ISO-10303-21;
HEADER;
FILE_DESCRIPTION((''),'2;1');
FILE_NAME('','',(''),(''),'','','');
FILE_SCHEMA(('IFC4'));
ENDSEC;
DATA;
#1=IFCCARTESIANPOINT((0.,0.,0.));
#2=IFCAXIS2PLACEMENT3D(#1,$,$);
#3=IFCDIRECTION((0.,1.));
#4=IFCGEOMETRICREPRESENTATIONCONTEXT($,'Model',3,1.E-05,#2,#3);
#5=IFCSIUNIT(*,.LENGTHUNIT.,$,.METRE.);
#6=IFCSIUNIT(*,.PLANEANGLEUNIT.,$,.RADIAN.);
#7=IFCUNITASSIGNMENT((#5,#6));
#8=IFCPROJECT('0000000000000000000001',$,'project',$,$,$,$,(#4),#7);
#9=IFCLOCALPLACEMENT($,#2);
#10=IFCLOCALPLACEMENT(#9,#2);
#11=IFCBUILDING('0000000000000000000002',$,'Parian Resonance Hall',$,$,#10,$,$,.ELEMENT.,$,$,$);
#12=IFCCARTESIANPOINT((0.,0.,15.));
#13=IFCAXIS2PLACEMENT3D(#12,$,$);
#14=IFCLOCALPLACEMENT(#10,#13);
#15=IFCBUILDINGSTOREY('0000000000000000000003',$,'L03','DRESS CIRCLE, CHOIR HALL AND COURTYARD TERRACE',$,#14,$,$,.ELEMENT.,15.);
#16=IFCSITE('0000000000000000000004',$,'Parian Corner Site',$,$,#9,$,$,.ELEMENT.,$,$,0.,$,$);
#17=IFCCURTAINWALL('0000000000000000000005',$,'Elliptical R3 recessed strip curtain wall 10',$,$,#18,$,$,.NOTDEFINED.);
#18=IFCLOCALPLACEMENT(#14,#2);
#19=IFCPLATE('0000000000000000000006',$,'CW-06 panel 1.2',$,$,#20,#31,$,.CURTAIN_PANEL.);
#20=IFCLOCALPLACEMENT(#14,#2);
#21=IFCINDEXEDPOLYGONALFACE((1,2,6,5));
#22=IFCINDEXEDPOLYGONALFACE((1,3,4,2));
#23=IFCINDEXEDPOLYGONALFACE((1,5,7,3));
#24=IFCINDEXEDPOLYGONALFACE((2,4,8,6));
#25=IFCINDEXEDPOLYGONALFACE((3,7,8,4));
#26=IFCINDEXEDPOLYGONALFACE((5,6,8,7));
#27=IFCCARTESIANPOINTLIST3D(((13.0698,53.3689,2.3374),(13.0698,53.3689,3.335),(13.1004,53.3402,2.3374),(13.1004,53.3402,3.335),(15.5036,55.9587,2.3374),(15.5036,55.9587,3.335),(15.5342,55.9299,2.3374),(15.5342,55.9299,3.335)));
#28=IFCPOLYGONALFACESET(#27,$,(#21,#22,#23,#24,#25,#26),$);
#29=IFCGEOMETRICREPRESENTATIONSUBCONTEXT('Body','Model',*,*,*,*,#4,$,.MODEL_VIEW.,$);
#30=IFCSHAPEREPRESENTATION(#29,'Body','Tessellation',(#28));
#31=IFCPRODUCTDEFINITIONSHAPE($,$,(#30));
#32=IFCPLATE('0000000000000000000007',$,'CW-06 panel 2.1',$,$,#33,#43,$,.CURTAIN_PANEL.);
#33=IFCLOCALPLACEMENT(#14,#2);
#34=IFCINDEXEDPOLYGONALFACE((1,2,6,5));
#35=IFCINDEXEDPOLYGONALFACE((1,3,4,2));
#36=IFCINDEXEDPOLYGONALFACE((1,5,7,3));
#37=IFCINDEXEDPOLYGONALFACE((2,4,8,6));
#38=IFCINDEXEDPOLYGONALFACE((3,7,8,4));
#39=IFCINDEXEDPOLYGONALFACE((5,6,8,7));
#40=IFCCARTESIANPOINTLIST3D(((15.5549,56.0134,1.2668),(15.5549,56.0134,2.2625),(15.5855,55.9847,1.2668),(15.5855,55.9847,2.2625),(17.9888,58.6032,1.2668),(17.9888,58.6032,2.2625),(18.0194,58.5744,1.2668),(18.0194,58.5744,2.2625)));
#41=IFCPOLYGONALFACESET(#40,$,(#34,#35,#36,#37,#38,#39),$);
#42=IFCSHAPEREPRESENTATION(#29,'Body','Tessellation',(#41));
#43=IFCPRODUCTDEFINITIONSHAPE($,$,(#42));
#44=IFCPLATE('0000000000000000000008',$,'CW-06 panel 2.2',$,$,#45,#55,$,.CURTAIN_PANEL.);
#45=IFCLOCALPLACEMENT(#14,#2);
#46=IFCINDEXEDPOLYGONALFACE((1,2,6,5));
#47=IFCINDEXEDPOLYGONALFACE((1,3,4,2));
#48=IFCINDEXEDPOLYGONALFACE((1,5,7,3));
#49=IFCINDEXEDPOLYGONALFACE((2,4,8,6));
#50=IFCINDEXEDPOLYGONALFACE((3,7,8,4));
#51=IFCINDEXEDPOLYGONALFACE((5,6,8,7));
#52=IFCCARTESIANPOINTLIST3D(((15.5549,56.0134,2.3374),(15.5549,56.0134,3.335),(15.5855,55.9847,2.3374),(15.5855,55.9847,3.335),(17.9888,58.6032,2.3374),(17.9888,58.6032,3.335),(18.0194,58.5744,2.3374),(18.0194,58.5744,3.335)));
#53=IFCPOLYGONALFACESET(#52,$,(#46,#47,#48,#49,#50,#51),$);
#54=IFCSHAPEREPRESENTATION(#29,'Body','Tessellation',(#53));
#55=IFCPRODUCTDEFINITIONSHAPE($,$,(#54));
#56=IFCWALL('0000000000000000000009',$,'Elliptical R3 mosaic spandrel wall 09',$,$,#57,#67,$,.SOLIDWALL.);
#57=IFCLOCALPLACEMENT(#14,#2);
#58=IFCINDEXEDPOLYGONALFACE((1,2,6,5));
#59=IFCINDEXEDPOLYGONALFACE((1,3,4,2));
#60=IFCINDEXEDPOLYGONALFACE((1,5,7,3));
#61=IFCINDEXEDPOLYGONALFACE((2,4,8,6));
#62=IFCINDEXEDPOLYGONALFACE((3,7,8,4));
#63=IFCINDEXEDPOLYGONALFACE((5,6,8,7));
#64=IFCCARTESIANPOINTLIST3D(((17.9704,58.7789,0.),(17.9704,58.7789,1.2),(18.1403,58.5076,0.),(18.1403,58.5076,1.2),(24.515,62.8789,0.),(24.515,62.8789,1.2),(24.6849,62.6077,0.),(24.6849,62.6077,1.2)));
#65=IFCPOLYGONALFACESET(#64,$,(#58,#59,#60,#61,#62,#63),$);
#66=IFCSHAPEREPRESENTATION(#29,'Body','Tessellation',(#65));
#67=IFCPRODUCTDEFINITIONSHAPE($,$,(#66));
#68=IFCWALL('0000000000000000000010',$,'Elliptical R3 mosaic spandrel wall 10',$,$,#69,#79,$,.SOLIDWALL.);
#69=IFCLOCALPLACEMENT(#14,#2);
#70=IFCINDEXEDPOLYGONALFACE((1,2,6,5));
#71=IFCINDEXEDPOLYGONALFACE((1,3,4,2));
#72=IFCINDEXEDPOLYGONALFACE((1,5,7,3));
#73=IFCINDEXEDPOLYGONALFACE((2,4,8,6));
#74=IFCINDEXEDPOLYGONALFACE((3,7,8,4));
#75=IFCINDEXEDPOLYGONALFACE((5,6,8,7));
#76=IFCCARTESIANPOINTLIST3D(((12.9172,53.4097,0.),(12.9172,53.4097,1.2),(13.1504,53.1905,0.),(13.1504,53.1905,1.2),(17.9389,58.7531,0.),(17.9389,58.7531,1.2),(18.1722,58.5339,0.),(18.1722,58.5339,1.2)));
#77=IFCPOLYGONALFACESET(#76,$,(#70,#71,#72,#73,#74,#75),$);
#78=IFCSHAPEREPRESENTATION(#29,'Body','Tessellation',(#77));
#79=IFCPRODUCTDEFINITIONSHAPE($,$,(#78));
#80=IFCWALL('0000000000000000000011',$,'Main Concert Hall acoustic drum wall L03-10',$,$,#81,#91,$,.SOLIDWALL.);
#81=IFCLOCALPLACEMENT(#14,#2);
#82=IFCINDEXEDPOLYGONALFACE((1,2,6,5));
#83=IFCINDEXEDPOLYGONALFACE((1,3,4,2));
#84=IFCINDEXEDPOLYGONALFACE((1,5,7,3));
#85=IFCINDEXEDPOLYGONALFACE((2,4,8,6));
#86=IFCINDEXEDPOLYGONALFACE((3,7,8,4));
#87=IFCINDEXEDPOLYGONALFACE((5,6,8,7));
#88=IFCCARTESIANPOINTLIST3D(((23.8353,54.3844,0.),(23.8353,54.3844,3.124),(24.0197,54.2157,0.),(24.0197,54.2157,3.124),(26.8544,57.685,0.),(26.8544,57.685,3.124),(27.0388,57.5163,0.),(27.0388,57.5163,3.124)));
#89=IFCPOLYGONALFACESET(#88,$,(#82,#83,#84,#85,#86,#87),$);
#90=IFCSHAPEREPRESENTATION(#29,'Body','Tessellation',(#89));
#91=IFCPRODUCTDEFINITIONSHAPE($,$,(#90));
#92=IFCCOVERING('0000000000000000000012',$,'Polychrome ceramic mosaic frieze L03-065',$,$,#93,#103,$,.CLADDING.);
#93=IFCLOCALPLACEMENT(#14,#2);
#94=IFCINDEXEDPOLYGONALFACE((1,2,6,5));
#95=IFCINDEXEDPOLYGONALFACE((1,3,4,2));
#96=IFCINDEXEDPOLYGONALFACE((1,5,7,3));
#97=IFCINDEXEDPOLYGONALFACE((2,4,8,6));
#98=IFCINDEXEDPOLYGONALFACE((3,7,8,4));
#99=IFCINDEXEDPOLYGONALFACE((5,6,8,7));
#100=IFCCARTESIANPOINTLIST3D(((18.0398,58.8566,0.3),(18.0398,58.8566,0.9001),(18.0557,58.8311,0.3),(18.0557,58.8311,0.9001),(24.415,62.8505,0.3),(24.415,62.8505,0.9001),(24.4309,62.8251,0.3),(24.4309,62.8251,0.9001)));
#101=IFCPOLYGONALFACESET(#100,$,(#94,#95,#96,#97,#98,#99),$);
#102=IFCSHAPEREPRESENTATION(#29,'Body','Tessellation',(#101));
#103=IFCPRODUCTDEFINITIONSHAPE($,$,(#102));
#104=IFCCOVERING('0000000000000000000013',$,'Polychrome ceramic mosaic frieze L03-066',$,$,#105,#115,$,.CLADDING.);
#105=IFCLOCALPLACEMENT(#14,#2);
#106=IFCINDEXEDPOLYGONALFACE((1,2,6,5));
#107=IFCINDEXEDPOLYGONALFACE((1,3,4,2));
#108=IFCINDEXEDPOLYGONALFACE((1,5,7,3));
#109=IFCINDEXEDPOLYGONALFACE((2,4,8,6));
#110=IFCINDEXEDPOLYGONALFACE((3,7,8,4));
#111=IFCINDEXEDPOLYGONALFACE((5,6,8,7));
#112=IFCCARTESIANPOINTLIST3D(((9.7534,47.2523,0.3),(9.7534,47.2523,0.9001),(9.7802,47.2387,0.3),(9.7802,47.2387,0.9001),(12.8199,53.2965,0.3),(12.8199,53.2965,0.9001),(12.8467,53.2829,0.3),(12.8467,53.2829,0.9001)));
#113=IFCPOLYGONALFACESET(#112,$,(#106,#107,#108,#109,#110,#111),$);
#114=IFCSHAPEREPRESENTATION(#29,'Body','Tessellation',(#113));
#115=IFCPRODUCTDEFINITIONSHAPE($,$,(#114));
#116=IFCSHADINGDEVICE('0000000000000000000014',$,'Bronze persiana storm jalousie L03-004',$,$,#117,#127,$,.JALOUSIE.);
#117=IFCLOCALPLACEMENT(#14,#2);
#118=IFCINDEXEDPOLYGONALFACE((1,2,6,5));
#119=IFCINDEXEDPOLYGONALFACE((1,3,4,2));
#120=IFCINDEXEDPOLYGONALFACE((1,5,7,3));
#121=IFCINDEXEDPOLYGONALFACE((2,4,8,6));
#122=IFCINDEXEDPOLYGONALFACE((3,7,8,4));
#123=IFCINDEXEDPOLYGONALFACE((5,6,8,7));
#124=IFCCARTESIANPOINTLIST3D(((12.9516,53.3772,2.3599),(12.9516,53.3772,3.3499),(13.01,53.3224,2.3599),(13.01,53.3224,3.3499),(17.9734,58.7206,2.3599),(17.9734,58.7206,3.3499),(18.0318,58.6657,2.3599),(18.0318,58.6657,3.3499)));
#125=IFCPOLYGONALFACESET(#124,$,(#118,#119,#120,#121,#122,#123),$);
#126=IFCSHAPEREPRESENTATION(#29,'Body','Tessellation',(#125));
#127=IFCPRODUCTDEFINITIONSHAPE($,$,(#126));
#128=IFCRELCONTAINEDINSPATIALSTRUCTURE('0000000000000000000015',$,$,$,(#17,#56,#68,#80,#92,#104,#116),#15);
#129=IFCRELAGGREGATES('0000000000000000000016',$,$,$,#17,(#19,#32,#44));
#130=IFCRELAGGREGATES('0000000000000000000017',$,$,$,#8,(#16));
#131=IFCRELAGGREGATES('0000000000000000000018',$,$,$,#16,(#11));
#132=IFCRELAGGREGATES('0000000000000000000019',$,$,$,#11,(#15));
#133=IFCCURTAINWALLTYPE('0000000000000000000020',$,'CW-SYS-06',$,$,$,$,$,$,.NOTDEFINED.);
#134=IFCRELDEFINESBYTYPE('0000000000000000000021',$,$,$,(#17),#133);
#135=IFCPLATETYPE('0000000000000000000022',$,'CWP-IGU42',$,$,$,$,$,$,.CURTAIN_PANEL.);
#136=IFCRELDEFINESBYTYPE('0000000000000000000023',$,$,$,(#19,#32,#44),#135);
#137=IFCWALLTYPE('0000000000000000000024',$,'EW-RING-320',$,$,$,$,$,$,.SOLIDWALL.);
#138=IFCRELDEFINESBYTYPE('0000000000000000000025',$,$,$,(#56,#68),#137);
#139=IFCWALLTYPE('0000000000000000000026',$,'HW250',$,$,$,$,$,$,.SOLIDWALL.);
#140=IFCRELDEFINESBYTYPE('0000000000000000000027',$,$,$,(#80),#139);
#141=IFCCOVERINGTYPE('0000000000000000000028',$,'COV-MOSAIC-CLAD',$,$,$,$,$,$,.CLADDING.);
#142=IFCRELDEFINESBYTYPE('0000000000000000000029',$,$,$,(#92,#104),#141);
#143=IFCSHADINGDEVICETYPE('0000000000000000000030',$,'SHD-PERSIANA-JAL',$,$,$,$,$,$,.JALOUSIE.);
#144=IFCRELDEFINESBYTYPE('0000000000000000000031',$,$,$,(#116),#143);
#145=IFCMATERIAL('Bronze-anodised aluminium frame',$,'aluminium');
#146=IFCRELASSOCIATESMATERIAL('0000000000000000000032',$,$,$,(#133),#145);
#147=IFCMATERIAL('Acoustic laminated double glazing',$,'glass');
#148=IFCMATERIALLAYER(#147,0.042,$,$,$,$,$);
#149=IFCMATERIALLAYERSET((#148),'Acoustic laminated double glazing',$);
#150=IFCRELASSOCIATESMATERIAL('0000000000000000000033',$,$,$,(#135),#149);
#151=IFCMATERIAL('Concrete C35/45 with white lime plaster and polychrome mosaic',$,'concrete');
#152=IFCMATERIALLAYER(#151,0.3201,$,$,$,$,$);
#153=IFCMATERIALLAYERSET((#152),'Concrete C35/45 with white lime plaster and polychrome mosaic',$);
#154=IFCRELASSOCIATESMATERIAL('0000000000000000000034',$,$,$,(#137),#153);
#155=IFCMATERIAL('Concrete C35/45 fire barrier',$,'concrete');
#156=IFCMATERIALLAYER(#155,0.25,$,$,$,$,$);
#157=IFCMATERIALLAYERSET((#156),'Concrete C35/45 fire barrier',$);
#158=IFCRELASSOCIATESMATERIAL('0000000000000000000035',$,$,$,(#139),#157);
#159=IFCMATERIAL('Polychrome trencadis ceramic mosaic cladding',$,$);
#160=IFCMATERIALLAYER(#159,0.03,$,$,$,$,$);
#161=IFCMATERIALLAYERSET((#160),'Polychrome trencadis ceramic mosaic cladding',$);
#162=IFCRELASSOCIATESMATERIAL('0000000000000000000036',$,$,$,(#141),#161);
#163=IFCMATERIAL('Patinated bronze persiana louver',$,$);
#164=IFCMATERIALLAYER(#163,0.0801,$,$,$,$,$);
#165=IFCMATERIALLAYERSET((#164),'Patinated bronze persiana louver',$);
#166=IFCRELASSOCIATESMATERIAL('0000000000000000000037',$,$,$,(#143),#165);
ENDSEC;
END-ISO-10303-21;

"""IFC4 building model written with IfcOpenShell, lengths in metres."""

from ifc_helpers import new_model, si_unit, direction, frame, frame_2d, origin, origin_2d, place, context, subcontext, project, spatial, rectangle, extrude, material, layer, layer_set, type_object, element, aggregate, save


model = new_model("IFC4")

# Units and contexts
model_context = context("Model", 3, precision=1e-05, world=origin(), true_north=direction((0.0, 1.0)))
body_context = subcontext(model_context, "Body", "Model", "MODEL_VIEW")
ifc_project = project(units=[si_unit("LENGTHUNIT", "METRE"), si_unit("PLANEANGLEUNIT", "RADIAN")], contexts=[model_context])

# Site, building, storey
site_placement = place(None, origin())
site = spatial("IfcSite", under=ifc_project, at=site_placement, Name="Parian Corner Site", CompositionType="ELEMENT", RefElevation=0.0)
building_placement = place(site_placement, origin())
building = spatial("IfcBuilding", under=site, at=building_placement, Name="Parian Resonance Hall", CompositionType="ELEMENT")
storey_placement = place(building_placement, frame((0.0, 0.0, 15.0)))
storey = spatial("IfcBuildingStorey", under=building, at=storey_placement, Name="L03", Description="DRESS CIRCLE, CHOIR HALL AND COURTYARD TERRACE", CompositionType="ELEMENT", Elevation=15.0)

# Curtain wall
ifc_material_1 = material(Name="Bronze-anodised aluminium frame", Category="aluminium")
curtain_wall_type_1 = type_object("IfcCurtainWallType", Name="CW-SYS-06", PredefinedType="NOTDEFINED", material=ifc_material_1)
curtain_wall_1_placement = place(storey_placement, origin())
curtain_wall_1 = element("IfcCurtainWall", 1, at=curtain_wall_1_placement, inside=storey, type_object=curtain_wall_type_1, Name="Elliptical R3 recessed strip curtain wall 10", PredefinedType="NOTDEFINED")

# Plates
ifc_material_2 = material(Name="Acoustic laminated double glazing", Category="glass")
ifc_layer_1 = layer(ifc_material_2, 0.042)
ifc_layer_set_1 = layer_set([ifc_layer_1], Name="Acoustic laminated double glazing")
plate_type_1 = type_object("IfcPlateType", Name="CWP-IGU42", PredefinedType="CURTAIN_PANEL", material=ifc_layer_set_1)
plate_1_placement = place(storey_placement, frame((14.302, 54.6494, 2.3374), z_axis=(0.0, 0.0, 1.0), x_axis=(0.684838, 0.728695, 0.0)))
plate_1 = element("IfcPlate", 2, at=plate_1_placement, type_object=plate_type_1, Name="CW-06 panel 1.2", PredefinedType="CURTAIN_PANEL", context=body_context, shape_type="SweptSolid", body=[
    extrude(rectangle(XDim=3.554, YDim=0.042, at=origin_2d()), origin(), (0.0, 0.0, 1.0), 0.9976),
])
plate_2_placement = place(storey_placement, frame((16.7871, 57.2939, 1.2668), z_axis=(0.0, 0.0, 1.0), x_axis=(0.684838, 0.728695, 0.0)))
plate_2 = element("IfcPlate", 3, at=plate_2_placement, type_object=plate_type_1, Name="CW-06 panel 2.1", PredefinedType="CURTAIN_PANEL", context=body_context, shape_type="SweptSolid", body=[
    extrude(rectangle(XDim=3.554, YDim=0.042, at=origin_2d()), origin(), (0.0, 0.0, 1.0), 0.9956),
])
plate_3_placement = place(storey_placement, frame((16.7871, 57.2939, 2.3374), z_axis=(0.0, 0.0, 1.0), x_axis=(0.684838, 0.728695, 0.0)))
plate_3 = element("IfcPlate", 4, at=plate_3_placement, type_object=plate_type_1, Name="CW-06 panel 2.2", PredefinedType="CURTAIN_PANEL", context=body_context, shape_type="SweptSolid", body=[
    extrude(rectangle(XDim=3.554, YDim=0.042, at=origin_2d()), origin(), (0.0, 0.0, 1.0), 0.9976),
])
aggregate(curtain_wall_1, [plate_1, plate_2, plate_3])

# Walls
ifc_material_3 = material(Name="Concrete C35/45 with white lime plaster and polychrome mosaic", Category="concrete")
ifc_layer_2 = layer(ifc_material_3, 0.3201)
ifc_layer_set_2 = layer_set([ifc_layer_2], Name="Concrete C35/45 with white lime plaster and polychrome mosaic")
wall_type_1 = type_object("IfcWallType", Name="EW-RING-320", PredefinedType="SOLIDWALL", material=ifc_layer_set_2)
wall_1_placement = place(storey_placement, frame((18.0554, 58.6433, 0.0), z_axis=(0.0, 0.0, 1.0), x_axis=(0.847435, 0.530899, 0.0)))
element("IfcWall", 5, at=wall_1_placement, inside=storey, type_object=wall_type_1, Name="Elliptical R3 mosaic spandrel wall 09", PredefinedType="SOLIDWALL", context=body_context, shape_type="SweptSolid", body=[
    extrude(rectangle(XDim=7.7229, YDim=0.3201, at=frame_2d((3.8613, 0.0))), origin(), (0.0, 0.0, 1.0), 1.2),
])
wall_2_placement = place(storey_placement, frame((13.0337, 53.3, 0.0), z_axis=(0.0, 0.0, 1.0), x_axis=(0.684842, 0.728691, 0.0)))
element("IfcWall", 6, at=wall_2_placement, inside=storey, type_object=wall_type_1, Name="Elliptical R3 mosaic spandrel wall 10", PredefinedType="SOLIDWALL", context=body_context, shape_type="SweptSolid", body=[
    extrude(rectangle(XDim=7.3328, YDim=0.3201, at=frame_2d((3.6665, 0.0))), origin(), (0.0, 0.0, 1.0), 1.2),
])
ifc_material_4 = material(Name="Concrete C35/45 fire barrier", Category="concrete")
ifc_layer_3 = layer(ifc_material_4, 0.25)
ifc_layer_set_3 = layer_set([ifc_layer_3], Name="Concrete C35/45 fire barrier")
wall_type_2 = type_object("IfcWallType", Name="HW250", PredefinedType="SOLIDWALL", material=ifc_layer_set_3)
wall_3_placement = place(storey_placement, frame((23.9275, 54.3, 0.0), z_axis=(0.0, 0.0, 1.0), x_axis=(0.674941, 0.737872, 0.0)))
element("IfcWall", 7, at=wall_3_placement, inside=storey, type_object=wall_type_2, Name="Main Concert Hall acoustic drum wall L03-10", PredefinedType="SOLIDWALL", context=body_context, shape_type="SweptSolid", body=[
    extrude(rectangle(XDim=4.4731, YDim=0.25, at=frame_2d((2.2366, 0.0))), origin(), (0.0, 0.0, 1.0), 3.124),
])

# Coverings
ifc_material_5 = material(Name="Polychrome trencadis ceramic mosaic cladding")
ifc_layer_4 = layer(ifc_material_5, 0.03)
ifc_layer_set_4 = layer_set([ifc_layer_4], Name="Polychrome trencadis ceramic mosaic cladding")
covering_type = type_object("IfcCoveringType", Name="COV-MOSAIC-CLAD", PredefinedType="CLADDING", material=ifc_layer_set_4)
covering_1_placement = place(storey_placement, frame((21.2354, 60.8408, 0.3), z_axis=(0.0, 0.0, 1.0), x_axis=(0.847432, 0.530905, 0.0)))
element("IfcCovering", 8, at=covering_1_placement, inside=storey, type_object=covering_type, Name="Polychrome ceramic mosaic frieze L03-065", PredefinedType="CLADDING", context=body_context, shape_type="SweptSolid", body=[
    extrude(rectangle(XDim=7.5229, YDim=0.03, at=origin_2d()), origin(), (0.0, 0.0, 1.0), 0.6001),
])
covering_2_placement = place(storey_placement, frame((11.3, 50.2676, 0.3), z_axis=(0.0, 0.0, 1.0), x_axis=(0.452439, 0.891795, 0.0)))
element("IfcCovering", 9, at=covering_2_placement, inside=storey, type_object=covering_type, Name="Polychrome ceramic mosaic frieze L03-066", PredefinedType="CLADDING", context=body_context, shape_type="SweptSolid", body=[
    extrude(rectangle(XDim=6.7776, YDim=0.03, at=origin_2d()), origin(), (0.0, 0.0, 1.0), 0.6001),
])

# Shading device
ifc_material_6 = material(Name="Patinated bronze persiana louver")
ifc_layer_5 = layer(ifc_material_6, 0.0801)
ifc_layer_set_5 = layer_set([ifc_layer_5], Name="Patinated bronze persiana louver")
shading_device_type = type_object("IfcShadingDeviceType", Name="SHD-PERSIANA-JAL", PredefinedType="JALOUSIE", material=ifc_layer_set_5)
shading_device_placement = place(storey_placement, frame((15.4917, 56.0215, 2.3599), z_axis=(0.0, 0.0, 1.0), x_axis=(0.684838, 0.728695, 0.0)))
element("IfcShadingDevice", 10, at=shading_device_placement, inside=storey, type_object=shading_device_type, Name="Bronze persiana storm jalousie L03-004", PredefinedType="JALOUSIE", context=body_context, shape_type="SweptSolid", body=[
    extrude(rectangle(XDim=7.3328, YDim=0.0801, at=origin_2d()), origin(), (0.0, 0.0, 1.0), 0.99),
])

save(model, "model.ifc")
